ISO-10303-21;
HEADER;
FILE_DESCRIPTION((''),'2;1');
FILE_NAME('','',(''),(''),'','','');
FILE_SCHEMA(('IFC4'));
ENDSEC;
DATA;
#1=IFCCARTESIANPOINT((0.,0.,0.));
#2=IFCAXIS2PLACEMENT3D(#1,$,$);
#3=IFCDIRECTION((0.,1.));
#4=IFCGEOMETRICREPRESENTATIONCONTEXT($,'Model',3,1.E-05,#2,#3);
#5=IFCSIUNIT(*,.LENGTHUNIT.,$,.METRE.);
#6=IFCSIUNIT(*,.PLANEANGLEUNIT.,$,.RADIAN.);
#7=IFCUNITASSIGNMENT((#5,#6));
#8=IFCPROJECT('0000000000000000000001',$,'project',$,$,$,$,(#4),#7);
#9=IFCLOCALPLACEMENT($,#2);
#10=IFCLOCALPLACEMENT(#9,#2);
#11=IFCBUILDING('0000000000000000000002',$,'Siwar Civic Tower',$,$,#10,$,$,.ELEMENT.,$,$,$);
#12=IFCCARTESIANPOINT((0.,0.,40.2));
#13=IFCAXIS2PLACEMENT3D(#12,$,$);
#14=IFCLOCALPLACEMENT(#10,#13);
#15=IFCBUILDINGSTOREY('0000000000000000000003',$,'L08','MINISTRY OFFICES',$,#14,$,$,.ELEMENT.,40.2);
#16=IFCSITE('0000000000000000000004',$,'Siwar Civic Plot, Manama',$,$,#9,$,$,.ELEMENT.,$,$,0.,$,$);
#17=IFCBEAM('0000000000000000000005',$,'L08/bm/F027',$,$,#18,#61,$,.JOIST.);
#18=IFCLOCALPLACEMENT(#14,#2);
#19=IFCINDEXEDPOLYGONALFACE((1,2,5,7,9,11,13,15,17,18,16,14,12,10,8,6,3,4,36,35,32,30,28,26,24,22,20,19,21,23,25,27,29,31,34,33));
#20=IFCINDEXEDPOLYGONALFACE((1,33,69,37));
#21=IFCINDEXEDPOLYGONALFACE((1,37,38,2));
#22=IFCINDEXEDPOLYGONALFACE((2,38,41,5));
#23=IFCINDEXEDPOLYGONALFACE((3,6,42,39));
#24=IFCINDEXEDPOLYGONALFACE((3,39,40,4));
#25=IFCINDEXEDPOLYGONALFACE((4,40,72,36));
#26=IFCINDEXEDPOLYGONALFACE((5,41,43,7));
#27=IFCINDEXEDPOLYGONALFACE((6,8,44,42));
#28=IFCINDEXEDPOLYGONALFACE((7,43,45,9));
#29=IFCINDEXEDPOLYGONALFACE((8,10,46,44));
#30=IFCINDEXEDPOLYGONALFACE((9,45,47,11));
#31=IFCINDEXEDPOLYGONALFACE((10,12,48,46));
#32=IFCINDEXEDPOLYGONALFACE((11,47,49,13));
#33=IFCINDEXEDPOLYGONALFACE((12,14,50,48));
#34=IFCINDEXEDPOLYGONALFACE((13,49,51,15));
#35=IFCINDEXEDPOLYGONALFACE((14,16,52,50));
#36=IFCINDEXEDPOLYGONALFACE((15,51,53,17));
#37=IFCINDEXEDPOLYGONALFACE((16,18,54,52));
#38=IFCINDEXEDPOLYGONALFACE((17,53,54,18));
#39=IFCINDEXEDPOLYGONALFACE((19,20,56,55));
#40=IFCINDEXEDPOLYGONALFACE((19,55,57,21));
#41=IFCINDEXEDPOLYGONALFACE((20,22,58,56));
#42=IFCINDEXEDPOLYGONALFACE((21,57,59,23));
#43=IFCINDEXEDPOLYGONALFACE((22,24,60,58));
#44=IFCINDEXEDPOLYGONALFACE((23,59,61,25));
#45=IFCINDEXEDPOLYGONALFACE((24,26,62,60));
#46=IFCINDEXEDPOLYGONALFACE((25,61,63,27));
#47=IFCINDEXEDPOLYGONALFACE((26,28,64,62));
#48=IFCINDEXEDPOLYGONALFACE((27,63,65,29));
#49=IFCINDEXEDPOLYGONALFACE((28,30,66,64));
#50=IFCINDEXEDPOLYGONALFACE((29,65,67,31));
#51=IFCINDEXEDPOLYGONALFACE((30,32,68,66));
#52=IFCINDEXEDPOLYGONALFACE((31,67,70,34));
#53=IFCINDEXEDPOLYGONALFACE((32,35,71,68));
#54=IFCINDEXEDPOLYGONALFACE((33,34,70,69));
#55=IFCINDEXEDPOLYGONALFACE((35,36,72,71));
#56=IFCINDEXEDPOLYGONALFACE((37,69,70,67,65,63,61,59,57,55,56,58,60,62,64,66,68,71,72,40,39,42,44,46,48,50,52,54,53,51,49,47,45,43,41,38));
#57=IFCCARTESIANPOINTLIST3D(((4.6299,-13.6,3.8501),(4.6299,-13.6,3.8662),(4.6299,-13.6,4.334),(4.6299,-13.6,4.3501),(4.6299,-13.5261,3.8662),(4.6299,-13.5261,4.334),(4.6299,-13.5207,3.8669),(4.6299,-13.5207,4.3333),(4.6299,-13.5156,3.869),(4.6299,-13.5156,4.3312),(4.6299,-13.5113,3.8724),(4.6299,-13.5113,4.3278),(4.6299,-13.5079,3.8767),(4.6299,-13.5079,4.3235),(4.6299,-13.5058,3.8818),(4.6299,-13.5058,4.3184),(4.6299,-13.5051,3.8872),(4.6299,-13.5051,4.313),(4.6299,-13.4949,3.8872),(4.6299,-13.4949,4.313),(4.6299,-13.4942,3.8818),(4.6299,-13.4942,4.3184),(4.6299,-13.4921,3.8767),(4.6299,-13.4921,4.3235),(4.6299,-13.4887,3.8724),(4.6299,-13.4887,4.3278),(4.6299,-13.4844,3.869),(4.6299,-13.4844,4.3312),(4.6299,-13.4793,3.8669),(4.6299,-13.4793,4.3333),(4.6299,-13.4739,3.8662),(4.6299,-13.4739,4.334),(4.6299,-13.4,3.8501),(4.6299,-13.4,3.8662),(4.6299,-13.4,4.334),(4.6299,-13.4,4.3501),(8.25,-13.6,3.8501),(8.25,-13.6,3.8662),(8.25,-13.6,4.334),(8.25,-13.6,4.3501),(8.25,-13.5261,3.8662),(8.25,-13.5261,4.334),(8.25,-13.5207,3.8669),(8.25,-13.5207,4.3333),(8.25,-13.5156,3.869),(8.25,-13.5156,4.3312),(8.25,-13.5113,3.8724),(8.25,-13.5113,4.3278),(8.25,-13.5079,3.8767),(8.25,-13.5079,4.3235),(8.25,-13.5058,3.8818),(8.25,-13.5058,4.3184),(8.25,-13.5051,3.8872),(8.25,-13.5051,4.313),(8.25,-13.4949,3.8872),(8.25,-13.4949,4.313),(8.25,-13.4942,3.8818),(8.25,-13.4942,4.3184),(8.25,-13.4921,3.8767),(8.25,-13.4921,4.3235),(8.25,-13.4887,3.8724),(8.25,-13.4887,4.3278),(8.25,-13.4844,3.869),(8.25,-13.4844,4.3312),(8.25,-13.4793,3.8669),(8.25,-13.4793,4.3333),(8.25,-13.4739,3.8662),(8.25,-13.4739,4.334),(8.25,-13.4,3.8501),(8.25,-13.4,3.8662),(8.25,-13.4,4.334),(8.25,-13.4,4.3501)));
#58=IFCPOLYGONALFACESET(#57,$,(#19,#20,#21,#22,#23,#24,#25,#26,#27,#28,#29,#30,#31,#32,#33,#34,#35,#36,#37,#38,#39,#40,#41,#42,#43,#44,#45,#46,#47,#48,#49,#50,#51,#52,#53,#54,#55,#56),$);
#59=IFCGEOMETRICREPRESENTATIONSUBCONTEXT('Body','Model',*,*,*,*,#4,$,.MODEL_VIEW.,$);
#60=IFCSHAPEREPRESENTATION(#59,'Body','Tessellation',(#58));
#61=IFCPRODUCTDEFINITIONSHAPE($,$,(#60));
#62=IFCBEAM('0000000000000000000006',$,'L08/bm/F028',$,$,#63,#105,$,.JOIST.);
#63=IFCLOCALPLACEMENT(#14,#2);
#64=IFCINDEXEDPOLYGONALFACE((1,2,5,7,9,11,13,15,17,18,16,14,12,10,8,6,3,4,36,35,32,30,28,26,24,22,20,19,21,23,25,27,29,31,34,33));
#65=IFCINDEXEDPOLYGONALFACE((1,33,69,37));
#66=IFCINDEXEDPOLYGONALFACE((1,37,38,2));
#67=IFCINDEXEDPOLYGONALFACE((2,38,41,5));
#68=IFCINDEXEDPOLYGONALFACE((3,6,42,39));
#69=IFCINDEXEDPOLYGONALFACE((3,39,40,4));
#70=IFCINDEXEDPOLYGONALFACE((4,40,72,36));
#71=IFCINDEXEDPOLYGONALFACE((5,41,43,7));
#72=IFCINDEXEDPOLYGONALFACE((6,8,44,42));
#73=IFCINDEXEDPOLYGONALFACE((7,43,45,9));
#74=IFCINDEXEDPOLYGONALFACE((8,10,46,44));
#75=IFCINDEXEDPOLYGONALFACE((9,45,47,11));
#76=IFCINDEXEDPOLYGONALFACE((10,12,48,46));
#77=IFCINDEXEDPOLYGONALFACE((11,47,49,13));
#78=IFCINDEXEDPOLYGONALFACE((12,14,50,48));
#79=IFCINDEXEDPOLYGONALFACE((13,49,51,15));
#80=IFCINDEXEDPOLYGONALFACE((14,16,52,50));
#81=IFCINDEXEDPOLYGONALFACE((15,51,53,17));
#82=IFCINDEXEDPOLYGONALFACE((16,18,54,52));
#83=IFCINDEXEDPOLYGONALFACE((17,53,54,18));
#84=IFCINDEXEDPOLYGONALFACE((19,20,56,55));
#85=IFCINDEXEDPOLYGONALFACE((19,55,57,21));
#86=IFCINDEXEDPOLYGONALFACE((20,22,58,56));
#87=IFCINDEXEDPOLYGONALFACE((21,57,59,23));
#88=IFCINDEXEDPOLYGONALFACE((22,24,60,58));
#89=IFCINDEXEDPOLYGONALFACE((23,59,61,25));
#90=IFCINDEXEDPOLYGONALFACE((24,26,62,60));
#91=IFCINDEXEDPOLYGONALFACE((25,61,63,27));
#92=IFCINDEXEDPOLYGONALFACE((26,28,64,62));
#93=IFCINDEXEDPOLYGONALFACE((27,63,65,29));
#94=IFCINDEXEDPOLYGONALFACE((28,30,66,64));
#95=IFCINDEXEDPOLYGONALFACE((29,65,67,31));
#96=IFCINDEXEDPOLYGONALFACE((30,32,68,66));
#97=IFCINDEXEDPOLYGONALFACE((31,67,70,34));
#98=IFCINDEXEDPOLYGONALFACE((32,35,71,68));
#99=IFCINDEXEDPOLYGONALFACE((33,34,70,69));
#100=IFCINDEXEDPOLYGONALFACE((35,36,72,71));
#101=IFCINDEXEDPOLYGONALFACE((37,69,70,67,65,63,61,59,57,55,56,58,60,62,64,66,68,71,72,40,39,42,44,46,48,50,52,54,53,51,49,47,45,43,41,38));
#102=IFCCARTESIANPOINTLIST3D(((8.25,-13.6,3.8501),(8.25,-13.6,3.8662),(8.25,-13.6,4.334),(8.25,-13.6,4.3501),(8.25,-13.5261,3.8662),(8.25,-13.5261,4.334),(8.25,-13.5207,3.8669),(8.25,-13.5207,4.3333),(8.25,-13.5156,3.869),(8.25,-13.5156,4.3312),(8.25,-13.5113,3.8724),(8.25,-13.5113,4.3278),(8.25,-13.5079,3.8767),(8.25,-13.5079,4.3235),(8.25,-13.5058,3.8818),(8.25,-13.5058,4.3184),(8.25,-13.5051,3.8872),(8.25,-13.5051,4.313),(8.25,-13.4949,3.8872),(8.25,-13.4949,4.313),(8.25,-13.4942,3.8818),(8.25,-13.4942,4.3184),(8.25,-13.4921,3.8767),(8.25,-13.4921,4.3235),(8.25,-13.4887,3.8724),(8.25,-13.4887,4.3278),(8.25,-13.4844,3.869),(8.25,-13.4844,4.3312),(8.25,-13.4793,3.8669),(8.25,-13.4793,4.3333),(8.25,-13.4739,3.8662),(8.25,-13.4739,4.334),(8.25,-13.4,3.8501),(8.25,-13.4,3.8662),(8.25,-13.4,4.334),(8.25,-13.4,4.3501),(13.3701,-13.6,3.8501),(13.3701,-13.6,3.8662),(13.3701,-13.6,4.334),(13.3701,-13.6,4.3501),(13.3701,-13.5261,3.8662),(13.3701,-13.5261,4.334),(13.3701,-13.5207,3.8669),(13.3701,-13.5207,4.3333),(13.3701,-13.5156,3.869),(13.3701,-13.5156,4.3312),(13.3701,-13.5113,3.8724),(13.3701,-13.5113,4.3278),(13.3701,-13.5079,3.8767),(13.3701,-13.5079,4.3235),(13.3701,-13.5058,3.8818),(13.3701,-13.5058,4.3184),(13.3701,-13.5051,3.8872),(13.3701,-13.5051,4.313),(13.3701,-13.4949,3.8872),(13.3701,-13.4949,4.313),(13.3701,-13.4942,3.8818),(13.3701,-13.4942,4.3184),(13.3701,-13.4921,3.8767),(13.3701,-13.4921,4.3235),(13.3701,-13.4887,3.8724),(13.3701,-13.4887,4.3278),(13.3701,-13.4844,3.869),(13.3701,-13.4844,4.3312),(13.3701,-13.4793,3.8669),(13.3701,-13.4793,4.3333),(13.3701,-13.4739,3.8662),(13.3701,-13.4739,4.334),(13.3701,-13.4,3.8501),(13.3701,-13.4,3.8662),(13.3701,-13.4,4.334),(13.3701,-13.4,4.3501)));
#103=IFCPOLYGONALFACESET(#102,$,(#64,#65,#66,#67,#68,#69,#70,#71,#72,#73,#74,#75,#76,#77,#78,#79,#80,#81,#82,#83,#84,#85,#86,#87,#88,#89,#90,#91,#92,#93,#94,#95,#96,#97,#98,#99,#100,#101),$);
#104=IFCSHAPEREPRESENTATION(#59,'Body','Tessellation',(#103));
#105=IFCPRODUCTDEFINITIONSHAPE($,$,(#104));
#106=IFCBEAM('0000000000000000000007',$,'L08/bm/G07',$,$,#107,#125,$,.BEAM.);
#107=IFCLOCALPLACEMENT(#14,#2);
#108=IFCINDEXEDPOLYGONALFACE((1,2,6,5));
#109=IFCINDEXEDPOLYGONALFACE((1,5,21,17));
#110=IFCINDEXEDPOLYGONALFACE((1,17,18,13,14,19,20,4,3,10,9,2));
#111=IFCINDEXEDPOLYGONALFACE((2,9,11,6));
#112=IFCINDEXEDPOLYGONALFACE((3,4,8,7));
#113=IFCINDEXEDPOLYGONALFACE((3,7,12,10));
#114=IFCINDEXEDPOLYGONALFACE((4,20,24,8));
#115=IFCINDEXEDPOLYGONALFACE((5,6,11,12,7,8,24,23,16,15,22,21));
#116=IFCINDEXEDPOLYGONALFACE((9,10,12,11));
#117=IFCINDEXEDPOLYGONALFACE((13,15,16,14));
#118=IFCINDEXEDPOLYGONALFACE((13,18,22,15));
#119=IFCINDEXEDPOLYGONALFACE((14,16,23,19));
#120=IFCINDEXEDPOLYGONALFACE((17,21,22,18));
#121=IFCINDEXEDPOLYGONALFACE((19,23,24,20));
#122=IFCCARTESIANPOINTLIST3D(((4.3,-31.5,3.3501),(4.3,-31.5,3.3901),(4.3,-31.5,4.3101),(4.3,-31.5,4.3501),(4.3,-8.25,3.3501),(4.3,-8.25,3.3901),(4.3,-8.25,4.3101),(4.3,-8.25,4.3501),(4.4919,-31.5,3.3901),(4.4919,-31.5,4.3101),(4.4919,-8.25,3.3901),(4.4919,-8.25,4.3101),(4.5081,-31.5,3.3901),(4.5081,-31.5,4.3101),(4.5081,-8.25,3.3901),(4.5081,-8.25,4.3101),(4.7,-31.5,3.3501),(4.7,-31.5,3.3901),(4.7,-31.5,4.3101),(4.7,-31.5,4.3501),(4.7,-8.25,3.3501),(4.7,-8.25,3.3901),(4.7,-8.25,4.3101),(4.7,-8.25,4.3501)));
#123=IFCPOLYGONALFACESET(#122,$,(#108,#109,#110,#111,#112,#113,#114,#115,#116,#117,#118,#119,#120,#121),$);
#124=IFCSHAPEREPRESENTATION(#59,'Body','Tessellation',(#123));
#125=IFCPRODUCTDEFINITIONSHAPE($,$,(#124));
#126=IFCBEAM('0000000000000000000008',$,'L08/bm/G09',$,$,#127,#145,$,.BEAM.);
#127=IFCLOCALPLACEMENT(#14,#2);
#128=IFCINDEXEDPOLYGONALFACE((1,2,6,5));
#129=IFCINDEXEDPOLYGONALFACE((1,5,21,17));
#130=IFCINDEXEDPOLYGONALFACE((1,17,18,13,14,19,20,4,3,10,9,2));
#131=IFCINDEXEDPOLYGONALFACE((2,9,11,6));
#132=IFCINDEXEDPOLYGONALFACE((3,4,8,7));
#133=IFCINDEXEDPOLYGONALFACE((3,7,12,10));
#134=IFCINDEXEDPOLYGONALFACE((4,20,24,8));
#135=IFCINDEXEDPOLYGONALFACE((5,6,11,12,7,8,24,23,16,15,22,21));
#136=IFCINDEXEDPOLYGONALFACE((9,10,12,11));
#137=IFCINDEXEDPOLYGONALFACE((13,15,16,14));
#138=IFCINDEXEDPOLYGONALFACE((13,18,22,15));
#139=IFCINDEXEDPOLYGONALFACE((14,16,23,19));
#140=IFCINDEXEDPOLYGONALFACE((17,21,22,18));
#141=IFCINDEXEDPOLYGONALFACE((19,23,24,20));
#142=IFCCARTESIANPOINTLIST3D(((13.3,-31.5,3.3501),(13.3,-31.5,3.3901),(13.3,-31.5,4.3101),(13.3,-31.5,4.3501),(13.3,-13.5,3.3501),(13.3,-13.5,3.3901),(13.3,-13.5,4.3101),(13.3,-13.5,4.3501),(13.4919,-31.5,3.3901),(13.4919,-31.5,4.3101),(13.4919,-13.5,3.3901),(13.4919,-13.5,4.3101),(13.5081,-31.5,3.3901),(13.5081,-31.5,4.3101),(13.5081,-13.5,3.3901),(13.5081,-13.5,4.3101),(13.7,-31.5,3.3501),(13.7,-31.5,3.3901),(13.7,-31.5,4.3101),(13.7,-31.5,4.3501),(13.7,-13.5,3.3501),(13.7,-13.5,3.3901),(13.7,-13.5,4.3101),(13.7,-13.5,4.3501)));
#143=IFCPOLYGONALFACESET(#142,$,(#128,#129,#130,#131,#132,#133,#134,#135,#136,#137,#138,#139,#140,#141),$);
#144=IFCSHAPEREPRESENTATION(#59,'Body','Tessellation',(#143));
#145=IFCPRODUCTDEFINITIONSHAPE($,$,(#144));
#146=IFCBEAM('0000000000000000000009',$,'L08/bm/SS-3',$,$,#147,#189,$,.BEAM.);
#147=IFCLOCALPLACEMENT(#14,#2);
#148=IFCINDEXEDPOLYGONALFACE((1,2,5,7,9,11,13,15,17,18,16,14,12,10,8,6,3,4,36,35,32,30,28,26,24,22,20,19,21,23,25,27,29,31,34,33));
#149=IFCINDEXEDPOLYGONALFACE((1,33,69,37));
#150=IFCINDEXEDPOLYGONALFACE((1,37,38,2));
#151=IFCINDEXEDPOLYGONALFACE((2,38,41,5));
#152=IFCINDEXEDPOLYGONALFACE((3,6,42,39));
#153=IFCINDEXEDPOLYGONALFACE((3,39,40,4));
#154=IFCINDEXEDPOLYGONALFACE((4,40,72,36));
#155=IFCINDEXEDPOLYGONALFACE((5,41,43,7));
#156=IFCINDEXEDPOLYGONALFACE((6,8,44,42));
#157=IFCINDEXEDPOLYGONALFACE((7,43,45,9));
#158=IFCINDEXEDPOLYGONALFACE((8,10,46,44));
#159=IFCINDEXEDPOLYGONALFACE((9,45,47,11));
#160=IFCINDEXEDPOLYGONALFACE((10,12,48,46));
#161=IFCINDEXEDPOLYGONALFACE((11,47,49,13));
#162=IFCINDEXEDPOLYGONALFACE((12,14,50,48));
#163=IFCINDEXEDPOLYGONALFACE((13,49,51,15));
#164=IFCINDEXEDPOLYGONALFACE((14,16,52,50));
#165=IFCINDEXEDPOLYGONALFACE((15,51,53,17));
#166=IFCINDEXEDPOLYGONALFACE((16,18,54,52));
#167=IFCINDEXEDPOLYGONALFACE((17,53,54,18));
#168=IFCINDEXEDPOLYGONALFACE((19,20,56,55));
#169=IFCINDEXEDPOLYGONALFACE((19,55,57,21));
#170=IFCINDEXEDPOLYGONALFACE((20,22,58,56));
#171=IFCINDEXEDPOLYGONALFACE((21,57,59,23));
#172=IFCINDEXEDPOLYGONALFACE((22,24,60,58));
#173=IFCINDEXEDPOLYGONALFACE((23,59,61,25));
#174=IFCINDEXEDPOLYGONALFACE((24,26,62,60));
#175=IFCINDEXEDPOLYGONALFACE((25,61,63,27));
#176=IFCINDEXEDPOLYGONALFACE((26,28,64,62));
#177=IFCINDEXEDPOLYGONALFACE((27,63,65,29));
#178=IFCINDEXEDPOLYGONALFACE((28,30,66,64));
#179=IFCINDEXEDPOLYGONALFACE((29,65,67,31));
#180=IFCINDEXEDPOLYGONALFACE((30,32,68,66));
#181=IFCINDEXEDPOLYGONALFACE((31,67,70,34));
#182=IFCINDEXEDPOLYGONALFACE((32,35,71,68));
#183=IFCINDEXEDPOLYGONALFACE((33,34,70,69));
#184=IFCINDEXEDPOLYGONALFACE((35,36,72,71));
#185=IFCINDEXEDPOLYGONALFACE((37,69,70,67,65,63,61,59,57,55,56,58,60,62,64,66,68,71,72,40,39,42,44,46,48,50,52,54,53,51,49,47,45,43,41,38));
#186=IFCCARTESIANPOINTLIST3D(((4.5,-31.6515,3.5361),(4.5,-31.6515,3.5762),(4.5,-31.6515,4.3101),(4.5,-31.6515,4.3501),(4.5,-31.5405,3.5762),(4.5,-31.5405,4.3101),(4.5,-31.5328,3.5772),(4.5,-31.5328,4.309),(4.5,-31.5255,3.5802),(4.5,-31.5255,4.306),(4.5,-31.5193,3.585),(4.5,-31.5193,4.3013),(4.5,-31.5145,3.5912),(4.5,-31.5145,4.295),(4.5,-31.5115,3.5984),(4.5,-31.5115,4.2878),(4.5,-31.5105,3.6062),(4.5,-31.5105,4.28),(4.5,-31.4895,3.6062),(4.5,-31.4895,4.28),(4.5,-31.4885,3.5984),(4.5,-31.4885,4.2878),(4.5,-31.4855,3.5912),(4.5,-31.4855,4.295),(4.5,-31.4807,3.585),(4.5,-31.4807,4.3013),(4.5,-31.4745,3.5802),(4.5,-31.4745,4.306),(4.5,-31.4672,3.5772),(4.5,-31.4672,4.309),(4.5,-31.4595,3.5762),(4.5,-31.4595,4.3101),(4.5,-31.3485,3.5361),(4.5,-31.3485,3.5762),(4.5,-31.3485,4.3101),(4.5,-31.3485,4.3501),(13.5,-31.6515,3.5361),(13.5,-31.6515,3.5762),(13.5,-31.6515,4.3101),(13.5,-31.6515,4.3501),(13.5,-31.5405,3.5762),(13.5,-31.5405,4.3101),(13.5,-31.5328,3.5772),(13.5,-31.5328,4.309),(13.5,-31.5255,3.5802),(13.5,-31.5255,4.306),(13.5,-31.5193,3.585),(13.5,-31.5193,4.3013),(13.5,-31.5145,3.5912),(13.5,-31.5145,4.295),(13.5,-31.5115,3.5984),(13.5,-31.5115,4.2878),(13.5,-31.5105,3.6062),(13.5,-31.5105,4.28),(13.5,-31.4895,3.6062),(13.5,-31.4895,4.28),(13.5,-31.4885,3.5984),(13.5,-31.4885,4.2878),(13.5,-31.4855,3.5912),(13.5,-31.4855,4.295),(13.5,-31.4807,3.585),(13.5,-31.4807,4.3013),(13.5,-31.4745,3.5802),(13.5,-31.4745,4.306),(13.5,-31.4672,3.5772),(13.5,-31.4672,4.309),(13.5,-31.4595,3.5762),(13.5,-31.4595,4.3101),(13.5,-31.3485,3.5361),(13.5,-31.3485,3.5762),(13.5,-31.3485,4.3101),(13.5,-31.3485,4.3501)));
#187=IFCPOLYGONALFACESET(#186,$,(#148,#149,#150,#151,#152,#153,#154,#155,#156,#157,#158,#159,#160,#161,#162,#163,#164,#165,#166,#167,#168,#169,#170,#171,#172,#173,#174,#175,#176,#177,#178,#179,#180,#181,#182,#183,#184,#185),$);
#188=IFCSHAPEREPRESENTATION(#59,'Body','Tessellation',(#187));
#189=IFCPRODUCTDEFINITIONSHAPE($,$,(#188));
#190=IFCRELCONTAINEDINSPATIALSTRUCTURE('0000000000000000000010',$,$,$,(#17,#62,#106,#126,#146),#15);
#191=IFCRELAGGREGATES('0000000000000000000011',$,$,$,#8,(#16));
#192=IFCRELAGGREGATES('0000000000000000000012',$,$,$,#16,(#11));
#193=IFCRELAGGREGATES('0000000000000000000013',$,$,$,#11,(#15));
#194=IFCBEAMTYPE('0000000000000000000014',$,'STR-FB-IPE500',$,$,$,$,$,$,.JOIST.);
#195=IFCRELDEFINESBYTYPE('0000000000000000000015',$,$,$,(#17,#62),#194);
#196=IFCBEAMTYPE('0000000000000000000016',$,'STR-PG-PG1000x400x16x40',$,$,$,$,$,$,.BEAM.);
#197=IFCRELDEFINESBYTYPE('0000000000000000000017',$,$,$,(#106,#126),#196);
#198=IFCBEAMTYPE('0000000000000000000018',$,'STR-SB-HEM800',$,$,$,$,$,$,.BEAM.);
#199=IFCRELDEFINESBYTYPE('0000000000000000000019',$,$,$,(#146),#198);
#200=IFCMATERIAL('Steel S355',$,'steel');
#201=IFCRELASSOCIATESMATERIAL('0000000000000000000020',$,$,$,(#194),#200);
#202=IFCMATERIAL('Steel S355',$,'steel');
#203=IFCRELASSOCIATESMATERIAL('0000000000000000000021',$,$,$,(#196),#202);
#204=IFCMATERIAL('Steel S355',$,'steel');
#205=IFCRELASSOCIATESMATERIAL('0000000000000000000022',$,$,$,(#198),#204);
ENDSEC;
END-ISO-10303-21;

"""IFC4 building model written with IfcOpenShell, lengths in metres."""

from ifc_helpers import new_model, si_unit, direction, frame, origin, origin_2d, place, context, subcontext, project, spatial, i_section, extrude, material, material_profile, profile_set, type_object, element, save


model = new_model("IFC4")

# Units and contexts
model_context = context("Model", 3, precision=1e-05, world=origin(), true_north=direction((0.0, 1.0)))
body_context = subcontext(model_context, "Body", "Model", "MODEL_VIEW")
ifc_project = project(units=[si_unit("LENGTHUNIT", "METRE"), si_unit("PLANEANGLEUNIT", "RADIAN")], contexts=[model_context])

# Site, building, storey
site_placement = place(None, origin())
site = spatial("IfcSite", under=ifc_project, at=site_placement, Name="Siwar Civic Plot, Manama", CompositionType="ELEMENT", RefElevation=0.0)
building_placement = place(site_placement, origin())
building = spatial("IfcBuilding", under=site, at=building_placement, Name="Siwar Civic Tower", CompositionType="ELEMENT")
storey_placement = place(building_placement, frame((0.0, 0.0, 40.2)))
storey = spatial("IfcBuildingStorey", under=building, at=storey_placement, Name="L08", Description="MINISTRY OFFICES", CompositionType="ELEMENT", Elevation=40.2)

# Beams
ifc_material_1 = material(Name="Steel S355", Category="steel")
ifc_material_profile_1 = material_profile(ifc_material_1, i_section(OverallWidth=0.2, OverallDepth=0.5, WebThickness=0.0103, FlangeThickness=0.0161, FilletRadius=0.021, at=origin_2d()), Name="IPE500")
ifc_profile_set_1 = profile_set([ifc_material_profile_1], Name="Steel S355")
beam_type_1 = type_object("IfcBeamType", Name="STR-FB-IPE500", PredefinedType="JOIST", material=ifc_profile_set_1)
beam_1_placement = place(storey_placement, frame((4.6299, -13.5, 4.1001), z_axis=(1.0, 0.0, 0.0), x_axis=(0.0, 1.0, 0.0)))
element("IfcBeam", 1, at=beam_1_placement, inside=storey, type_object=beam_type_1, Name="L08/bm/F027", PredefinedType="JOIST", context=body_context, shape_type="SweptSolid", body=[
    extrude(i_section(OverallWidth=0.2, OverallDepth=0.5, WebThickness=0.0103, FlangeThickness=0.0161, FilletRadius=0.021, at=origin_2d()), origin(), (0.0, 0.0, 1.0), 3.6201),
])
beam_2_placement = place(storey_placement, frame((8.25, -13.5, 4.1001), z_axis=(1.0, 0.0, 0.0), x_axis=(0.0, 1.0, 0.0)))
element("IfcBeam", 2, at=beam_2_placement, inside=storey, type_object=beam_type_1, Name="L08/bm/F028", PredefinedType="JOIST", context=body_context, shape_type="SweptSolid", body=[
    extrude(i_section(OverallWidth=0.2, OverallDepth=0.5, WebThickness=0.0103, FlangeThickness=0.0161, FilletRadius=0.021, at=origin_2d()), origin(), (0.0, 0.0, 1.0), 5.1201),
])
ifc_material_2 = material(Name="Steel S355", Category="steel")
ifc_material_profile_2 = material_profile(ifc_material_2, i_section(OverallWidth=0.3999, OverallDepth=1.0, WebThickness=0.0161, FlangeThickness=0.04, at=origin_2d()), Name="PG1000x400x16x40")
ifc_profile_set_2 = profile_set([ifc_material_profile_2], Name="Steel S355")
beam_type_2 = type_object("IfcBeamType", Name="STR-PG-PG1000x400x16x40", PredefinedType="BEAM", material=ifc_profile_set_2)
beam_3_placement = place(storey_placement, frame((4.5, -31.5, 3.8501), z_axis=(0.0, 1.0, 0.0), x_axis=(-1.0, 0.0, 0.0)))
element("IfcBeam", 3, at=beam_3_placement, inside=storey, type_object=beam_type_2, Name="L08/bm/G07", PredefinedType="BEAM", context=body_context, shape_type="SweptSolid", body=[
    extrude(i_section(OverallWidth=0.3999, OverallDepth=1.0, WebThickness=0.0161, FlangeThickness=0.04, at=origin_2d()), origin(), (0.0, 0.0, 1.0), 23.25),
])
beam_4_placement = place(storey_placement, frame((13.5, -31.5, 3.8501), z_axis=(0.0, 1.0, 0.0), x_axis=(-1.0, 0.0, 0.0)))
element("IfcBeam", 4, at=beam_4_placement, inside=storey, type_object=beam_type_2, Name="L08/bm/G09", PredefinedType="BEAM", context=body_context, shape_type="SweptSolid", body=[
    extrude(i_section(OverallWidth=0.3999, OverallDepth=1.0, WebThickness=0.0161, FlangeThickness=0.04, at=origin_2d()), origin(), (0.0, 0.0, 1.0), 18.0),
])
ifc_material_3 = material(Name="Steel S355", Category="steel")
ifc_material_profile_3 = material_profile(ifc_material_3, i_section(OverallWidth=0.303, OverallDepth=0.814, WebThickness=0.021, FlangeThickness=0.04, FilletRadius=0.03, at=origin_2d()), Name="HEM800")
ifc_profile_set_3 = profile_set([ifc_material_profile_3], Name="Steel S355")
beam_type_3 = type_object("IfcBeamType", Name="STR-SB-HEM800", PredefinedType="BEAM", material=ifc_profile_set_3)
for number, where, z_axis, x_axis, name in (
    (5, (4.5, -31.5, 3.9431), (1.0, 0.0, 0.0), (0.0, 1.0, 0.0), "L08/bm/SS-3"),
):
    element("IfcBeam", number, at=place(storey_placement, frame(where, z_axis=z_axis, x_axis=x_axis)), inside=storey, type_object=beam_type_3, Name=name, PredefinedType="BEAM", context=body_context, shape_type="SweptSolid", body=[
        extrude(i_section(OverallWidth=0.303, OverallDepth=0.814, WebThickness=0.021, FlangeThickness=0.04, FilletRadius=0.03, at=origin_2d()), origin(), (0.0, 0.0, 1.0), 9.0),
    ])

save(model, "model.ifc")
